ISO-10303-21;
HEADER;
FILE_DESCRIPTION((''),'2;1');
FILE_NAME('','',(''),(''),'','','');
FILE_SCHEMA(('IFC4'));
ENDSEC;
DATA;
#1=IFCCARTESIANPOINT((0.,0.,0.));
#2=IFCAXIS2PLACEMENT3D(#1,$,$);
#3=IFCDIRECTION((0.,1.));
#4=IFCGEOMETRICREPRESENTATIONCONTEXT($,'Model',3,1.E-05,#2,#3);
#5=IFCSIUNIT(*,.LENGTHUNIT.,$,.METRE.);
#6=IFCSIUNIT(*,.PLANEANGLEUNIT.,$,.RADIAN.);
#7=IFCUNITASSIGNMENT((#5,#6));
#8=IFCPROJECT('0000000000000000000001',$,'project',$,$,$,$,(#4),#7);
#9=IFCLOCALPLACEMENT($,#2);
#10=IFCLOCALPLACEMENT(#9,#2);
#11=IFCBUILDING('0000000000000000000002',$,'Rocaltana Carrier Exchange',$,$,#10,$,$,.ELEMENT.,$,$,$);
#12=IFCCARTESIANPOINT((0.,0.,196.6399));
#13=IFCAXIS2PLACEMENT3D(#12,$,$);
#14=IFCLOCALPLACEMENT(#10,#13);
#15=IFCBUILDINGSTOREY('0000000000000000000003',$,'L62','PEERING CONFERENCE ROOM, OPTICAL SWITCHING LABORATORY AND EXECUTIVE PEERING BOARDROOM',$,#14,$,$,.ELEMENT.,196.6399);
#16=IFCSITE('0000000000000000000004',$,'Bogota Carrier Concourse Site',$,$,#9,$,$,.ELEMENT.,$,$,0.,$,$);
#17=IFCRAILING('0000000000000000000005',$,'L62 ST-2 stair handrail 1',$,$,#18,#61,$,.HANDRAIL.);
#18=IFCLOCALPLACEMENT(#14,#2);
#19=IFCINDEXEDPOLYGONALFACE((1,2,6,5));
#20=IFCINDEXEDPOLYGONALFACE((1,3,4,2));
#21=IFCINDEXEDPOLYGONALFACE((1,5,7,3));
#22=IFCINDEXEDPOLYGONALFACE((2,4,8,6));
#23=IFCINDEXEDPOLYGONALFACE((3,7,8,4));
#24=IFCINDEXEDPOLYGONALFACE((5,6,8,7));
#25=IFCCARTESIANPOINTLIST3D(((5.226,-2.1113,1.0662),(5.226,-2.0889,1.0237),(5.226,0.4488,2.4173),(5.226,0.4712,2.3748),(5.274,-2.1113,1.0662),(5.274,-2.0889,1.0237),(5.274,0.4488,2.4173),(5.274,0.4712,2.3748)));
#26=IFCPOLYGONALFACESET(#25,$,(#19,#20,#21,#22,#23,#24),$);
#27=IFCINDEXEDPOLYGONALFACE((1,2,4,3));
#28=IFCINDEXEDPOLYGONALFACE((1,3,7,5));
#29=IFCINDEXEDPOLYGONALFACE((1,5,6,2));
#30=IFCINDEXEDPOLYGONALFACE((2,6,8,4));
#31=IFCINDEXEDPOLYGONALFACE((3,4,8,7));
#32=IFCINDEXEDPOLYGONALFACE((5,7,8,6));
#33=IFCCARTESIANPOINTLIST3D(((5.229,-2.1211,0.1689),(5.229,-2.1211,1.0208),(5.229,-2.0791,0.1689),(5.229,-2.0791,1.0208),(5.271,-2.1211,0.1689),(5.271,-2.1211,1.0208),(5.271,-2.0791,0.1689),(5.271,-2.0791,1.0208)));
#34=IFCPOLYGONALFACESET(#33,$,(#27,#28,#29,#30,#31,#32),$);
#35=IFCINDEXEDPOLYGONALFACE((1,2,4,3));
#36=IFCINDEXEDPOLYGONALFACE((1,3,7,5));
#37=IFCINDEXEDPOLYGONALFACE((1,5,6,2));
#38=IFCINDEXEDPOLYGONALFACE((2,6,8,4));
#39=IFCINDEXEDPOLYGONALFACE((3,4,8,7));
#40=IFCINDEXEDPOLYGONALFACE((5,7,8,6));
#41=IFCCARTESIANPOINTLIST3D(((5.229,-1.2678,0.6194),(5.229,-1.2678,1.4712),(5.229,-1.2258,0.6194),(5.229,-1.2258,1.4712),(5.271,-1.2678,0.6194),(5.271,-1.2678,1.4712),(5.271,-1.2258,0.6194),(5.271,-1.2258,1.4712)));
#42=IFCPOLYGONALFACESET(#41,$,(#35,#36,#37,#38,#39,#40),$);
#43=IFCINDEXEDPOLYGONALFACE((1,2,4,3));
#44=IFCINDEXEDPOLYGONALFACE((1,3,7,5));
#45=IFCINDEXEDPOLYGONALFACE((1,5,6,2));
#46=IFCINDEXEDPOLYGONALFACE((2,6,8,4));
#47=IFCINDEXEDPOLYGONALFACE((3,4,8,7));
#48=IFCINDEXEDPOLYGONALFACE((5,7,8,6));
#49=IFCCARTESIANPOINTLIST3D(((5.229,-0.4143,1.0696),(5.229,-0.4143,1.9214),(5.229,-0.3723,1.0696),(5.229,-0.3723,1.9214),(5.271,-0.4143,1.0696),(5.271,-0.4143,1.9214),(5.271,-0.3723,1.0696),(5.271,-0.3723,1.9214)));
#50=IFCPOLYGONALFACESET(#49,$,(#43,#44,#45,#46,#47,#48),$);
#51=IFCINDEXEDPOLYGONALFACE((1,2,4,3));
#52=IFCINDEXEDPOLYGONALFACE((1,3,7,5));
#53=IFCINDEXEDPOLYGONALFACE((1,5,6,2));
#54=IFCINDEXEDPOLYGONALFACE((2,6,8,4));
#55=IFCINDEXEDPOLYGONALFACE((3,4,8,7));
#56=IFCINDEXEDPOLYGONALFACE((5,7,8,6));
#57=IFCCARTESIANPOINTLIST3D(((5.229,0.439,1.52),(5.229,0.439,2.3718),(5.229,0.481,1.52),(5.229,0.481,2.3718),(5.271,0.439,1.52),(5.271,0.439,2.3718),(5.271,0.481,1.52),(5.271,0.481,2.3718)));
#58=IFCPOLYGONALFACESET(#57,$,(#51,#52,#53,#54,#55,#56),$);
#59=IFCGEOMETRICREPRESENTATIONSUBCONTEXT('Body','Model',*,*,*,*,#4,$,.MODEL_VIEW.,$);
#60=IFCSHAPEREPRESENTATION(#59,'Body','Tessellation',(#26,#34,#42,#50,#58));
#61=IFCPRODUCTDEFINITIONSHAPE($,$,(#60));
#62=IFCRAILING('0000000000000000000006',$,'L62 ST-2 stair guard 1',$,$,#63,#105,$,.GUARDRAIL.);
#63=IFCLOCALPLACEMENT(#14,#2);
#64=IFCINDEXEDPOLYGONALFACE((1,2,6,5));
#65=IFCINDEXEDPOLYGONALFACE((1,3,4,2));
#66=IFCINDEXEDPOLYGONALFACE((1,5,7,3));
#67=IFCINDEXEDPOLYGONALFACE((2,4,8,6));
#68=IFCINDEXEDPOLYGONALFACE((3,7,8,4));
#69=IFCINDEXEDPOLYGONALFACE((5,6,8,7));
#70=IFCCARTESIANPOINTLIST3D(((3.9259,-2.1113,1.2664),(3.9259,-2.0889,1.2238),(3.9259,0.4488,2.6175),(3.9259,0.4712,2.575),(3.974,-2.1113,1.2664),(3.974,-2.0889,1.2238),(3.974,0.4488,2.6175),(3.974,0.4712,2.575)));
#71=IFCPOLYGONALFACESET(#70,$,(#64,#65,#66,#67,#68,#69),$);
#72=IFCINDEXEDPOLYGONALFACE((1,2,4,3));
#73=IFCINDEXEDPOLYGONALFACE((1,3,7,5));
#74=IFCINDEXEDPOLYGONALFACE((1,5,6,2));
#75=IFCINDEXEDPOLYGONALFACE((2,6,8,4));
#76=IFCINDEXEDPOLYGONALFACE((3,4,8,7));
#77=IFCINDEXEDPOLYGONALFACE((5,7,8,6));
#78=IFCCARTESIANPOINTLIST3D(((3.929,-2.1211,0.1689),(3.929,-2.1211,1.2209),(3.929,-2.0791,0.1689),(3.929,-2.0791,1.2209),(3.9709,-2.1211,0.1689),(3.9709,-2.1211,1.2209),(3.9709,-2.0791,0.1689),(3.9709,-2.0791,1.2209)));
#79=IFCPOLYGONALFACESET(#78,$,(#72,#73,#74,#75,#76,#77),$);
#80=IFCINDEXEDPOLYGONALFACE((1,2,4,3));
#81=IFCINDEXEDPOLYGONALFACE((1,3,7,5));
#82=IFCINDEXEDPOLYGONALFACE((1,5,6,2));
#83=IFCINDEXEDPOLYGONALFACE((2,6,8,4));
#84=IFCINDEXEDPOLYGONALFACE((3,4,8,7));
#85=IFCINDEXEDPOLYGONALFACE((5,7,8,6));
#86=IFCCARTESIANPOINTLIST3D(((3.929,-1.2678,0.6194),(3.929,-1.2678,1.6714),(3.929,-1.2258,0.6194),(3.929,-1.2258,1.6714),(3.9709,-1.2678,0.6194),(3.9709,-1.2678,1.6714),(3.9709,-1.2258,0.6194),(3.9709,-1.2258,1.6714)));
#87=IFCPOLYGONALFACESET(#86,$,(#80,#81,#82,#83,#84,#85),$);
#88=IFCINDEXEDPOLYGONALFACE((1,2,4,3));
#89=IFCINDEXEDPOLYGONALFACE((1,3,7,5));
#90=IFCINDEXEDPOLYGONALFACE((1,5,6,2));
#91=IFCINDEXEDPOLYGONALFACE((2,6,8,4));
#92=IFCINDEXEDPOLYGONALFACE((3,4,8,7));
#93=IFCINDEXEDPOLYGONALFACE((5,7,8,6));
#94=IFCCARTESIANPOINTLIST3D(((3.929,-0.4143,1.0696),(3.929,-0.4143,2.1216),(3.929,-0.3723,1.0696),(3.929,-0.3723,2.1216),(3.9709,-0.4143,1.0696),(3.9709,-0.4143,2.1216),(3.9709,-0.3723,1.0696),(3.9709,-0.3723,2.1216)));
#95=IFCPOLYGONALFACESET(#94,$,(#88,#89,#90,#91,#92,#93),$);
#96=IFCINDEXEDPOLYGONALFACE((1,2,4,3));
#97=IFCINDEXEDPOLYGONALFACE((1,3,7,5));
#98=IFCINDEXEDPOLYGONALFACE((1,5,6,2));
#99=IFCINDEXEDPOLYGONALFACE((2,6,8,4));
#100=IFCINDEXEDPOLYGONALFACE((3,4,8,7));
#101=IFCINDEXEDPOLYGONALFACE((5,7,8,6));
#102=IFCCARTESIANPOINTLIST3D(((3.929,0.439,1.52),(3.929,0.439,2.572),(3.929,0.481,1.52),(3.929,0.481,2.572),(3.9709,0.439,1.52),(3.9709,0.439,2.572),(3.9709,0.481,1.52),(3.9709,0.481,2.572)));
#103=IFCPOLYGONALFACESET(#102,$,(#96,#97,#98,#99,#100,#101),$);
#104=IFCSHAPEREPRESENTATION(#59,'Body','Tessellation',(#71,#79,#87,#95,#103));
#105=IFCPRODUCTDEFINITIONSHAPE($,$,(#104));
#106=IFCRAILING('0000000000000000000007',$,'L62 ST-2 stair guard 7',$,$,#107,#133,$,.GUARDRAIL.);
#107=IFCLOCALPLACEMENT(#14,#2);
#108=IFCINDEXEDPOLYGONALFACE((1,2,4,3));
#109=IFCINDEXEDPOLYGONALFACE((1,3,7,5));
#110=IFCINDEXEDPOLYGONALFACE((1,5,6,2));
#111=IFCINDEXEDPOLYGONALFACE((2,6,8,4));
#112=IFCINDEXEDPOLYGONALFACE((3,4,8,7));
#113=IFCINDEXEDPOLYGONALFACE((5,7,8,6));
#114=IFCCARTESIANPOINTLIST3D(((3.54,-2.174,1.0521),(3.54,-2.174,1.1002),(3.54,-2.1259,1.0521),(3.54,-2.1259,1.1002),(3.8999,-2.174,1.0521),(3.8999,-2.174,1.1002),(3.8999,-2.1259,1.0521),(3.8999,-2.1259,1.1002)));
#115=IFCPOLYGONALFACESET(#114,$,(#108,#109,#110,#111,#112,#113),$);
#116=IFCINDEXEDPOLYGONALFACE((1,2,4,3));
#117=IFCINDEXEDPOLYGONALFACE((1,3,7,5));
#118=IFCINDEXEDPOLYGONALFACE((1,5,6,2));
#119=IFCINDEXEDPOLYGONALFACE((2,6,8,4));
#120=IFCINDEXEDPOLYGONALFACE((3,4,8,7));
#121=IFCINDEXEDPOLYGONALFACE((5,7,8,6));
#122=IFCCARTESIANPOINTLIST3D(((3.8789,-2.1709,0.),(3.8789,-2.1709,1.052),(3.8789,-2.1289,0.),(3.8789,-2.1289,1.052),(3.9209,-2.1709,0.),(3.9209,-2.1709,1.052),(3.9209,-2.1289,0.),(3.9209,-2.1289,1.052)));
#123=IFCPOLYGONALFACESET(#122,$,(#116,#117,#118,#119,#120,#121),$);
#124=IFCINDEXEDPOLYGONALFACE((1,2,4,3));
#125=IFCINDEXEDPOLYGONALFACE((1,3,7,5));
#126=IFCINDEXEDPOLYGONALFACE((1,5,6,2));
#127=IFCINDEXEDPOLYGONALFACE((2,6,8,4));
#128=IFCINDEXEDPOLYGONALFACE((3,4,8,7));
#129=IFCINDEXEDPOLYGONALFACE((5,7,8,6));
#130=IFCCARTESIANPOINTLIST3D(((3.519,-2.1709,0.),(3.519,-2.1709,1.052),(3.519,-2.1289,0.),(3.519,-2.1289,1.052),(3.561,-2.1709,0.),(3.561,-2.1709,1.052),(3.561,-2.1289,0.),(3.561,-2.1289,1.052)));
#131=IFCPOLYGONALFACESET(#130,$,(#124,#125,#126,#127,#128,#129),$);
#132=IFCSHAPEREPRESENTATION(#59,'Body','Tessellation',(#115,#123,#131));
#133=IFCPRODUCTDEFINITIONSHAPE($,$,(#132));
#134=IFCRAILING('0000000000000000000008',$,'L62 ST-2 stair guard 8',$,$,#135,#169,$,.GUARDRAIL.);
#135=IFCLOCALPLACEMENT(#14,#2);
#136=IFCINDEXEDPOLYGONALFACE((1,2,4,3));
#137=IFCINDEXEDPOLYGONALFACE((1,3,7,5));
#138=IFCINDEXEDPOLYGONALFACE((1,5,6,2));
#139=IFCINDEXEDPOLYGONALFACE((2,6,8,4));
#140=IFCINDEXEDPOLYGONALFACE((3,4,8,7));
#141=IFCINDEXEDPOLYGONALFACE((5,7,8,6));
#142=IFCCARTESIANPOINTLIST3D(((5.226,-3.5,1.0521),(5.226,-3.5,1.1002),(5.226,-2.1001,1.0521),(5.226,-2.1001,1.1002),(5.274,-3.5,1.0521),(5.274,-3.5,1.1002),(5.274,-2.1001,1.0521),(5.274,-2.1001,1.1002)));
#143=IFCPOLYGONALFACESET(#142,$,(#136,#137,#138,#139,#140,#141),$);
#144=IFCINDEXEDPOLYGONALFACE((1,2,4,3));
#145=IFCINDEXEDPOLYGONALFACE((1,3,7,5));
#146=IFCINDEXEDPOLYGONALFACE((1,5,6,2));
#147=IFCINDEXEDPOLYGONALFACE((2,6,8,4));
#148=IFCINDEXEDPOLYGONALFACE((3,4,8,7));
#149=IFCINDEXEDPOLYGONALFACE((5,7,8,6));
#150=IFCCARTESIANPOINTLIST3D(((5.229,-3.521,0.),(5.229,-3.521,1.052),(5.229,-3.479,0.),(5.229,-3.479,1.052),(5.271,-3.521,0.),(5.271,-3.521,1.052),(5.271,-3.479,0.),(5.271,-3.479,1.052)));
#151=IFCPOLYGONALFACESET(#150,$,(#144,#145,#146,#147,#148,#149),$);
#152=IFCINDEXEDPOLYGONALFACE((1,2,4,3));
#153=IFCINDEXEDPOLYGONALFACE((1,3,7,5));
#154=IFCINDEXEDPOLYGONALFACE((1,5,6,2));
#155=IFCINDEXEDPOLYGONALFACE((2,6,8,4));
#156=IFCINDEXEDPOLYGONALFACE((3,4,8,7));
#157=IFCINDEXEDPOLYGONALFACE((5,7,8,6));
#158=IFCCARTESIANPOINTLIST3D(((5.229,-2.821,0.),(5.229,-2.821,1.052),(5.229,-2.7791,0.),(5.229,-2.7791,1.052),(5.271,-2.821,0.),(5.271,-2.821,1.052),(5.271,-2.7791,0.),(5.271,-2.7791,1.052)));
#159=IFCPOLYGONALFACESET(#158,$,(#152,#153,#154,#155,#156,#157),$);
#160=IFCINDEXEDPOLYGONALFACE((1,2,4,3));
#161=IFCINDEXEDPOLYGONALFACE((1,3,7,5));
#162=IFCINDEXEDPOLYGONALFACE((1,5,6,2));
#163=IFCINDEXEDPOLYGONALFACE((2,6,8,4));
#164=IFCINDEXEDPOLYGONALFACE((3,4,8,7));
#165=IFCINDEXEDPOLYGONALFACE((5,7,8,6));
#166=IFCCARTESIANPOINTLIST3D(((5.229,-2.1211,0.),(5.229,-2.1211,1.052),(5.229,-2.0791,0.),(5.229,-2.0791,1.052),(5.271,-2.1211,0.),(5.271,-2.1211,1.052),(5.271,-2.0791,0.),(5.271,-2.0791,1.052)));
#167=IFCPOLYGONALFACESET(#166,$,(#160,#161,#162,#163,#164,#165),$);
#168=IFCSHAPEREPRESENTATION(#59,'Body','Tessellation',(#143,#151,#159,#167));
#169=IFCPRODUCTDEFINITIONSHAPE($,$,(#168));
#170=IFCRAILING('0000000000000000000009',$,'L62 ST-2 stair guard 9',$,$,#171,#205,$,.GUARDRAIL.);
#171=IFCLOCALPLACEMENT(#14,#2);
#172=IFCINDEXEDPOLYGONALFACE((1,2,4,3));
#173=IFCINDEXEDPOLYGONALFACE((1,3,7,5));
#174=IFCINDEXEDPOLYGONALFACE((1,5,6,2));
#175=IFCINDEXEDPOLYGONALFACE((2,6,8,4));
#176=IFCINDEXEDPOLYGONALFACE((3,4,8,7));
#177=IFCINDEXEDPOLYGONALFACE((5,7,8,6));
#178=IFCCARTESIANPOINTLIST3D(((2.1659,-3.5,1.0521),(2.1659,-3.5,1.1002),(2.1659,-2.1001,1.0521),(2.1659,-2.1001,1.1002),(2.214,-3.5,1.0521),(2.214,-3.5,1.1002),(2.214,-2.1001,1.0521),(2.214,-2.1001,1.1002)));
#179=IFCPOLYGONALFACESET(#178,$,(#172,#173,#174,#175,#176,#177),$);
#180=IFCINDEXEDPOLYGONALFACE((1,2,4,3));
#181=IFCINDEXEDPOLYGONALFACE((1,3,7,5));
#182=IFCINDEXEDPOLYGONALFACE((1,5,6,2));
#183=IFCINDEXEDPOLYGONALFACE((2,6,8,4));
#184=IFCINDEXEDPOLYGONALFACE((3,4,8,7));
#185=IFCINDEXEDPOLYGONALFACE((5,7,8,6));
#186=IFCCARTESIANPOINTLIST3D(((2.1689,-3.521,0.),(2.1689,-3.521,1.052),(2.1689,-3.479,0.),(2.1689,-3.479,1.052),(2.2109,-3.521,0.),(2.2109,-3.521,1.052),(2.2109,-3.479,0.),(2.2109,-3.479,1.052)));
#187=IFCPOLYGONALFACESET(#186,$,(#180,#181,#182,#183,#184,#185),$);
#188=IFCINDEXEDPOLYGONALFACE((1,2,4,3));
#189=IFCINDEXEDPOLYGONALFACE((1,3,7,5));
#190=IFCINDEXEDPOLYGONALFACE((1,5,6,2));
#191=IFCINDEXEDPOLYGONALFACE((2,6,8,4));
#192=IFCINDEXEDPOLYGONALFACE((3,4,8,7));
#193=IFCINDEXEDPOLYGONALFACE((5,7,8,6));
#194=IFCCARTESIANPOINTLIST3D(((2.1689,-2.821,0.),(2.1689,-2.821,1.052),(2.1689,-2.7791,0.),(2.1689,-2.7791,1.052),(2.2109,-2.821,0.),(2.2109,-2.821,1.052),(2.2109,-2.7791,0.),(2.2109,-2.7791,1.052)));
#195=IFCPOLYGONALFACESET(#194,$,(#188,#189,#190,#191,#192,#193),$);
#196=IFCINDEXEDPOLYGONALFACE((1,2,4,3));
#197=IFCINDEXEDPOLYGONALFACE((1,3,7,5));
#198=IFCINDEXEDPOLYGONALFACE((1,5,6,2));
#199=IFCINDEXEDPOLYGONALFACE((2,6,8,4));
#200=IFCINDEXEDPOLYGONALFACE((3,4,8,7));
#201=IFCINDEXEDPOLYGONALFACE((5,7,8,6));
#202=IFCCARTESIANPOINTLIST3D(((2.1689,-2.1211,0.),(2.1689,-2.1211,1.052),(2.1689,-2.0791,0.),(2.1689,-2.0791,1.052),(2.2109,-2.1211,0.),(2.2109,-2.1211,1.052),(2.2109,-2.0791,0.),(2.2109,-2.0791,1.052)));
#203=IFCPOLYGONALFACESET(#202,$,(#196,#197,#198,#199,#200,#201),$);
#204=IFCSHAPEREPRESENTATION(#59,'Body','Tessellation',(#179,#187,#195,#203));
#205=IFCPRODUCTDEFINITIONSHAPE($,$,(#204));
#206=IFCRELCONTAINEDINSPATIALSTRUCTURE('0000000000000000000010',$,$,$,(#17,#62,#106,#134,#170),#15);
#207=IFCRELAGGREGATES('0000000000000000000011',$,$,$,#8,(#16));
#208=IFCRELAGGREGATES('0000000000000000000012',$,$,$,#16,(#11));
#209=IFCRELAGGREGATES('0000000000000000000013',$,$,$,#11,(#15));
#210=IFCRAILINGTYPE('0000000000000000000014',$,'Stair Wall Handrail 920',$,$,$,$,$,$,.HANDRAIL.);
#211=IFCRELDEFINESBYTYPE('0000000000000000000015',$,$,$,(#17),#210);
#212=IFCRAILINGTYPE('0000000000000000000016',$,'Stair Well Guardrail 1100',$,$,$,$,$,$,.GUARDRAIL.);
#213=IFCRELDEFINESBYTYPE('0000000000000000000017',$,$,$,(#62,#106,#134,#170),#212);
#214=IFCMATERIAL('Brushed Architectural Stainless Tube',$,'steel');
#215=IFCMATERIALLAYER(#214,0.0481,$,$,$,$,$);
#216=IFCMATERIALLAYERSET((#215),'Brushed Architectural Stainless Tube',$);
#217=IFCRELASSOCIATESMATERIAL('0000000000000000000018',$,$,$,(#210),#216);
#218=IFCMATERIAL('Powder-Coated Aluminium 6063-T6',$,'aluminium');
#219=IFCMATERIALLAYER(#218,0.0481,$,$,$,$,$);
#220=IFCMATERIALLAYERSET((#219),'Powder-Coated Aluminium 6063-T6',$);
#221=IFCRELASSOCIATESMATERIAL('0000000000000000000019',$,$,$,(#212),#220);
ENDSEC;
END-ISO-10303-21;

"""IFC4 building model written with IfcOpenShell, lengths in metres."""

from ifc_helpers import new_model, si_unit, direction, frame, origin, origin_2d, place, context, subcontext, project, spatial, rectangle, extrude, material, layer, layer_set, type_object, element, save


model = new_model("IFC4")

# Units and contexts
model_context = context("Model", 3, precision=1e-05, world=origin(), true_north=direction((0.0, 1.0)))
body_context = subcontext(model_context, "Body", "Model", "MODEL_VIEW")
ifc_project = project(units=[si_unit("LENGTHUNIT", "METRE"), si_unit("PLANEANGLEUNIT", "RADIAN")], contexts=[model_context])

# Site, building, storey
site_placement = place(None, origin())
site = spatial("IfcSite", under=ifc_project, at=site_placement, Name="Bogota Carrier Concourse Site", CompositionType="ELEMENT", RefElevation=0.0)
building_placement = place(site_placement, origin())
building = spatial("IfcBuilding", under=site, at=building_placement, Name="Rocaltana Carrier Exchange", CompositionType="ELEMENT")
storey_placement = place(building_placement, frame((0.0, 0.0, 196.6399)))
storey = spatial("IfcBuildingStorey", under=building, at=storey_placement, Name="L62", Description="PEERING CONFERENCE ROOM, OPTICAL SWITCHING LABORATORY AND EXECUTIVE PEERING BOARDROOM", CompositionType="ELEMENT", Elevation=196.6399)

# Railings
ifc_material_1 = material(Name="Brushed Architectural Stainless Tube", Category="steel")
ifc_layer_1 = layer(ifc_material_1, 0.0481)
ifc_layer_set_1 = layer_set([ifc_layer_1], Name="Brushed Architectural Stainless Tube")
railing_type_1 = type_object("IfcRailingType", Name="Stair Wall Handrail 920", PredefinedType="HANDRAIL", material=ifc_layer_set_1)
railing_1_placement = place(storey_placement, frame((5.25, -2.1001, 0.1689)))
element("IfcRailing", 1, at=railing_1_placement, inside=storey, type_object=railing_type_1, Name="L62 ST-2 stair handrail 1", PredefinedType="HANDRAIL", context=body_context, shape_type="SweptSolid", body=[
    extrude(rectangle(XDim=0.0481, YDim=0.0481, at=origin_2d()), frame((0.0, 0.0, 0.876), z_axis=(0.0, 0.884394, 0.46674), x_axis=(-1.0, 0.0, 0.0)), (0.0, 0.0, 1.0), 2.8948),
    extrude(rectangle(XDim=0.042, YDim=0.042, at=origin_2d()), origin(), (0.0, 0.0, 1.0), 0.8518),
    extrude(rectangle(XDim=0.042, YDim=0.042, at=origin_2d()), frame((0.0, 0.8533, 0.4504)), (0.0, 0.0, 1.0), 0.8518),
    extrude(rectangle(XDim=0.042, YDim=0.042, at=origin_2d()), frame((0.0, 1.7068, 0.9006)), (0.0, 0.0, 1.0), 0.8518),
    extrude(rectangle(XDim=0.042, YDim=0.042, at=origin_2d()), frame((0.0, 2.5601, 1.3511)), (0.0, 0.0, 1.0), 0.8518),
])
ifc_material_2 = material(Name="Powder-Coated Aluminium 6063-T6", Category="aluminium")
ifc_layer_2 = layer(ifc_material_2, 0.0481)
ifc_layer_set_2 = layer_set([ifc_layer_2], Name="Powder-Coated Aluminium 6063-T6")
railing_type_2 = type_object("IfcRailingType", Name="Stair Well Guardrail 1100", PredefinedType="GUARDRAIL", material=ifc_layer_set_2)
railing_2_placement = place(storey_placement, frame((3.95, -2.1001, 0.1689)))
element("IfcRailing", 2, at=railing_2_placement, inside=storey, type_object=railing_type_2, Name="L62 ST-2 stair guard 1", PredefinedType="GUARDRAIL", context=body_context, shape_type="SweptSolid", body=[
    extrude(rectangle(XDim=0.0481, YDim=0.0481, at=origin_2d()), frame((0.0, 0.0, 1.0762), z_axis=(0.0, 0.884394, 0.46674), x_axis=(-1.0, 0.0, 0.0)), (0.0, 0.0, 1.0), 2.8948),
    extrude(rectangle(XDim=0.042, YDim=0.042, at=origin_2d()), origin(), (0.0, 0.0, 1.0), 1.052),
    extrude(rectangle(XDim=0.042, YDim=0.042, at=origin_2d()), frame((0.0, 0.8533, 0.4504)), (0.0, 0.0, 1.0), 1.052),
    extrude(rectangle(XDim=0.042, YDim=0.042, at=origin_2d()), frame((0.0, 1.7068, 0.9006)), (0.0, 0.0, 1.0), 1.052),
    extrude(rectangle(XDim=0.042, YDim=0.042, at=origin_2d()), frame((0.0, 2.5601, 1.3511)), (0.0, 0.0, 1.0), 1.052),
])
railing_3_placement = place(storey_placement, frame((3.8999, -2.1499, 0.0)))
element("IfcRailing", 3, at=railing_3_placement, inside=storey, type_object=railing_type_2, Name="L62 ST-2 stair guard 7", PredefinedType="GUARDRAIL", context=body_context, shape_type="SweptSolid", body=[
    extrude(rectangle(XDim=0.0481, YDim=0.0481, at=origin_2d()), frame((0.0, 0.0, 1.0762), z_axis=(-1.0, 0.0, 0.0), x_axis=(0.0, -1.0, 0.0)), (0.0, 0.0, 1.0), 0.3599),
    extrude(rectangle(XDim=0.042, YDim=0.042, at=origin_2d()), origin(), (0.0, 0.0, 1.0), 1.052),
    extrude(rectangle(XDim=0.042, YDim=0.042, at=origin_2d()), frame((-0.3599, 0.0, 0.0)), (0.0, 0.0, 1.0), 1.052),
])
for number, where, name in (
    (4, (5.25, -3.5, 0.0), "L62 ST-2 stair guard 8"),
    (5, (2.1899, -3.5, 0.0), "L62 ST-2 stair guard 9"),
):
    element("IfcRailing", number, at=place(storey_placement, frame(where)), inside=storey, type_object=railing_type_2, Name=name, PredefinedType="GUARDRAIL", context=body_context, shape_type="SweptSolid", body=[
        extrude(rectangle(XDim=0.0481, YDim=0.0481, at=origin_2d()), frame((0.0, 0.0, 1.0762), z_axis=(0.0, 1.0, 0.0), x_axis=(-1.0, 0.0, 0.0)), (0.0, 0.0, 1.0), 1.3999),
        extrude(rectangle(XDim=0.042, YDim=0.042, at=origin_2d()), origin(), (0.0, 0.0, 1.0), 1.052),
        extrude(rectangle(XDim=0.042, YDim=0.042, at=origin_2d()), frame((0.0, 0.7, 0.0)), (0.0, 0.0, 1.0), 1.052),
        extrude(rectangle(XDim=0.042, YDim=0.042, at=origin_2d()), frame((0.0, 1.3999, 0.0)), (0.0, 0.0, 1.0), 1.052),
    ])

save(model, "model.ifc")
